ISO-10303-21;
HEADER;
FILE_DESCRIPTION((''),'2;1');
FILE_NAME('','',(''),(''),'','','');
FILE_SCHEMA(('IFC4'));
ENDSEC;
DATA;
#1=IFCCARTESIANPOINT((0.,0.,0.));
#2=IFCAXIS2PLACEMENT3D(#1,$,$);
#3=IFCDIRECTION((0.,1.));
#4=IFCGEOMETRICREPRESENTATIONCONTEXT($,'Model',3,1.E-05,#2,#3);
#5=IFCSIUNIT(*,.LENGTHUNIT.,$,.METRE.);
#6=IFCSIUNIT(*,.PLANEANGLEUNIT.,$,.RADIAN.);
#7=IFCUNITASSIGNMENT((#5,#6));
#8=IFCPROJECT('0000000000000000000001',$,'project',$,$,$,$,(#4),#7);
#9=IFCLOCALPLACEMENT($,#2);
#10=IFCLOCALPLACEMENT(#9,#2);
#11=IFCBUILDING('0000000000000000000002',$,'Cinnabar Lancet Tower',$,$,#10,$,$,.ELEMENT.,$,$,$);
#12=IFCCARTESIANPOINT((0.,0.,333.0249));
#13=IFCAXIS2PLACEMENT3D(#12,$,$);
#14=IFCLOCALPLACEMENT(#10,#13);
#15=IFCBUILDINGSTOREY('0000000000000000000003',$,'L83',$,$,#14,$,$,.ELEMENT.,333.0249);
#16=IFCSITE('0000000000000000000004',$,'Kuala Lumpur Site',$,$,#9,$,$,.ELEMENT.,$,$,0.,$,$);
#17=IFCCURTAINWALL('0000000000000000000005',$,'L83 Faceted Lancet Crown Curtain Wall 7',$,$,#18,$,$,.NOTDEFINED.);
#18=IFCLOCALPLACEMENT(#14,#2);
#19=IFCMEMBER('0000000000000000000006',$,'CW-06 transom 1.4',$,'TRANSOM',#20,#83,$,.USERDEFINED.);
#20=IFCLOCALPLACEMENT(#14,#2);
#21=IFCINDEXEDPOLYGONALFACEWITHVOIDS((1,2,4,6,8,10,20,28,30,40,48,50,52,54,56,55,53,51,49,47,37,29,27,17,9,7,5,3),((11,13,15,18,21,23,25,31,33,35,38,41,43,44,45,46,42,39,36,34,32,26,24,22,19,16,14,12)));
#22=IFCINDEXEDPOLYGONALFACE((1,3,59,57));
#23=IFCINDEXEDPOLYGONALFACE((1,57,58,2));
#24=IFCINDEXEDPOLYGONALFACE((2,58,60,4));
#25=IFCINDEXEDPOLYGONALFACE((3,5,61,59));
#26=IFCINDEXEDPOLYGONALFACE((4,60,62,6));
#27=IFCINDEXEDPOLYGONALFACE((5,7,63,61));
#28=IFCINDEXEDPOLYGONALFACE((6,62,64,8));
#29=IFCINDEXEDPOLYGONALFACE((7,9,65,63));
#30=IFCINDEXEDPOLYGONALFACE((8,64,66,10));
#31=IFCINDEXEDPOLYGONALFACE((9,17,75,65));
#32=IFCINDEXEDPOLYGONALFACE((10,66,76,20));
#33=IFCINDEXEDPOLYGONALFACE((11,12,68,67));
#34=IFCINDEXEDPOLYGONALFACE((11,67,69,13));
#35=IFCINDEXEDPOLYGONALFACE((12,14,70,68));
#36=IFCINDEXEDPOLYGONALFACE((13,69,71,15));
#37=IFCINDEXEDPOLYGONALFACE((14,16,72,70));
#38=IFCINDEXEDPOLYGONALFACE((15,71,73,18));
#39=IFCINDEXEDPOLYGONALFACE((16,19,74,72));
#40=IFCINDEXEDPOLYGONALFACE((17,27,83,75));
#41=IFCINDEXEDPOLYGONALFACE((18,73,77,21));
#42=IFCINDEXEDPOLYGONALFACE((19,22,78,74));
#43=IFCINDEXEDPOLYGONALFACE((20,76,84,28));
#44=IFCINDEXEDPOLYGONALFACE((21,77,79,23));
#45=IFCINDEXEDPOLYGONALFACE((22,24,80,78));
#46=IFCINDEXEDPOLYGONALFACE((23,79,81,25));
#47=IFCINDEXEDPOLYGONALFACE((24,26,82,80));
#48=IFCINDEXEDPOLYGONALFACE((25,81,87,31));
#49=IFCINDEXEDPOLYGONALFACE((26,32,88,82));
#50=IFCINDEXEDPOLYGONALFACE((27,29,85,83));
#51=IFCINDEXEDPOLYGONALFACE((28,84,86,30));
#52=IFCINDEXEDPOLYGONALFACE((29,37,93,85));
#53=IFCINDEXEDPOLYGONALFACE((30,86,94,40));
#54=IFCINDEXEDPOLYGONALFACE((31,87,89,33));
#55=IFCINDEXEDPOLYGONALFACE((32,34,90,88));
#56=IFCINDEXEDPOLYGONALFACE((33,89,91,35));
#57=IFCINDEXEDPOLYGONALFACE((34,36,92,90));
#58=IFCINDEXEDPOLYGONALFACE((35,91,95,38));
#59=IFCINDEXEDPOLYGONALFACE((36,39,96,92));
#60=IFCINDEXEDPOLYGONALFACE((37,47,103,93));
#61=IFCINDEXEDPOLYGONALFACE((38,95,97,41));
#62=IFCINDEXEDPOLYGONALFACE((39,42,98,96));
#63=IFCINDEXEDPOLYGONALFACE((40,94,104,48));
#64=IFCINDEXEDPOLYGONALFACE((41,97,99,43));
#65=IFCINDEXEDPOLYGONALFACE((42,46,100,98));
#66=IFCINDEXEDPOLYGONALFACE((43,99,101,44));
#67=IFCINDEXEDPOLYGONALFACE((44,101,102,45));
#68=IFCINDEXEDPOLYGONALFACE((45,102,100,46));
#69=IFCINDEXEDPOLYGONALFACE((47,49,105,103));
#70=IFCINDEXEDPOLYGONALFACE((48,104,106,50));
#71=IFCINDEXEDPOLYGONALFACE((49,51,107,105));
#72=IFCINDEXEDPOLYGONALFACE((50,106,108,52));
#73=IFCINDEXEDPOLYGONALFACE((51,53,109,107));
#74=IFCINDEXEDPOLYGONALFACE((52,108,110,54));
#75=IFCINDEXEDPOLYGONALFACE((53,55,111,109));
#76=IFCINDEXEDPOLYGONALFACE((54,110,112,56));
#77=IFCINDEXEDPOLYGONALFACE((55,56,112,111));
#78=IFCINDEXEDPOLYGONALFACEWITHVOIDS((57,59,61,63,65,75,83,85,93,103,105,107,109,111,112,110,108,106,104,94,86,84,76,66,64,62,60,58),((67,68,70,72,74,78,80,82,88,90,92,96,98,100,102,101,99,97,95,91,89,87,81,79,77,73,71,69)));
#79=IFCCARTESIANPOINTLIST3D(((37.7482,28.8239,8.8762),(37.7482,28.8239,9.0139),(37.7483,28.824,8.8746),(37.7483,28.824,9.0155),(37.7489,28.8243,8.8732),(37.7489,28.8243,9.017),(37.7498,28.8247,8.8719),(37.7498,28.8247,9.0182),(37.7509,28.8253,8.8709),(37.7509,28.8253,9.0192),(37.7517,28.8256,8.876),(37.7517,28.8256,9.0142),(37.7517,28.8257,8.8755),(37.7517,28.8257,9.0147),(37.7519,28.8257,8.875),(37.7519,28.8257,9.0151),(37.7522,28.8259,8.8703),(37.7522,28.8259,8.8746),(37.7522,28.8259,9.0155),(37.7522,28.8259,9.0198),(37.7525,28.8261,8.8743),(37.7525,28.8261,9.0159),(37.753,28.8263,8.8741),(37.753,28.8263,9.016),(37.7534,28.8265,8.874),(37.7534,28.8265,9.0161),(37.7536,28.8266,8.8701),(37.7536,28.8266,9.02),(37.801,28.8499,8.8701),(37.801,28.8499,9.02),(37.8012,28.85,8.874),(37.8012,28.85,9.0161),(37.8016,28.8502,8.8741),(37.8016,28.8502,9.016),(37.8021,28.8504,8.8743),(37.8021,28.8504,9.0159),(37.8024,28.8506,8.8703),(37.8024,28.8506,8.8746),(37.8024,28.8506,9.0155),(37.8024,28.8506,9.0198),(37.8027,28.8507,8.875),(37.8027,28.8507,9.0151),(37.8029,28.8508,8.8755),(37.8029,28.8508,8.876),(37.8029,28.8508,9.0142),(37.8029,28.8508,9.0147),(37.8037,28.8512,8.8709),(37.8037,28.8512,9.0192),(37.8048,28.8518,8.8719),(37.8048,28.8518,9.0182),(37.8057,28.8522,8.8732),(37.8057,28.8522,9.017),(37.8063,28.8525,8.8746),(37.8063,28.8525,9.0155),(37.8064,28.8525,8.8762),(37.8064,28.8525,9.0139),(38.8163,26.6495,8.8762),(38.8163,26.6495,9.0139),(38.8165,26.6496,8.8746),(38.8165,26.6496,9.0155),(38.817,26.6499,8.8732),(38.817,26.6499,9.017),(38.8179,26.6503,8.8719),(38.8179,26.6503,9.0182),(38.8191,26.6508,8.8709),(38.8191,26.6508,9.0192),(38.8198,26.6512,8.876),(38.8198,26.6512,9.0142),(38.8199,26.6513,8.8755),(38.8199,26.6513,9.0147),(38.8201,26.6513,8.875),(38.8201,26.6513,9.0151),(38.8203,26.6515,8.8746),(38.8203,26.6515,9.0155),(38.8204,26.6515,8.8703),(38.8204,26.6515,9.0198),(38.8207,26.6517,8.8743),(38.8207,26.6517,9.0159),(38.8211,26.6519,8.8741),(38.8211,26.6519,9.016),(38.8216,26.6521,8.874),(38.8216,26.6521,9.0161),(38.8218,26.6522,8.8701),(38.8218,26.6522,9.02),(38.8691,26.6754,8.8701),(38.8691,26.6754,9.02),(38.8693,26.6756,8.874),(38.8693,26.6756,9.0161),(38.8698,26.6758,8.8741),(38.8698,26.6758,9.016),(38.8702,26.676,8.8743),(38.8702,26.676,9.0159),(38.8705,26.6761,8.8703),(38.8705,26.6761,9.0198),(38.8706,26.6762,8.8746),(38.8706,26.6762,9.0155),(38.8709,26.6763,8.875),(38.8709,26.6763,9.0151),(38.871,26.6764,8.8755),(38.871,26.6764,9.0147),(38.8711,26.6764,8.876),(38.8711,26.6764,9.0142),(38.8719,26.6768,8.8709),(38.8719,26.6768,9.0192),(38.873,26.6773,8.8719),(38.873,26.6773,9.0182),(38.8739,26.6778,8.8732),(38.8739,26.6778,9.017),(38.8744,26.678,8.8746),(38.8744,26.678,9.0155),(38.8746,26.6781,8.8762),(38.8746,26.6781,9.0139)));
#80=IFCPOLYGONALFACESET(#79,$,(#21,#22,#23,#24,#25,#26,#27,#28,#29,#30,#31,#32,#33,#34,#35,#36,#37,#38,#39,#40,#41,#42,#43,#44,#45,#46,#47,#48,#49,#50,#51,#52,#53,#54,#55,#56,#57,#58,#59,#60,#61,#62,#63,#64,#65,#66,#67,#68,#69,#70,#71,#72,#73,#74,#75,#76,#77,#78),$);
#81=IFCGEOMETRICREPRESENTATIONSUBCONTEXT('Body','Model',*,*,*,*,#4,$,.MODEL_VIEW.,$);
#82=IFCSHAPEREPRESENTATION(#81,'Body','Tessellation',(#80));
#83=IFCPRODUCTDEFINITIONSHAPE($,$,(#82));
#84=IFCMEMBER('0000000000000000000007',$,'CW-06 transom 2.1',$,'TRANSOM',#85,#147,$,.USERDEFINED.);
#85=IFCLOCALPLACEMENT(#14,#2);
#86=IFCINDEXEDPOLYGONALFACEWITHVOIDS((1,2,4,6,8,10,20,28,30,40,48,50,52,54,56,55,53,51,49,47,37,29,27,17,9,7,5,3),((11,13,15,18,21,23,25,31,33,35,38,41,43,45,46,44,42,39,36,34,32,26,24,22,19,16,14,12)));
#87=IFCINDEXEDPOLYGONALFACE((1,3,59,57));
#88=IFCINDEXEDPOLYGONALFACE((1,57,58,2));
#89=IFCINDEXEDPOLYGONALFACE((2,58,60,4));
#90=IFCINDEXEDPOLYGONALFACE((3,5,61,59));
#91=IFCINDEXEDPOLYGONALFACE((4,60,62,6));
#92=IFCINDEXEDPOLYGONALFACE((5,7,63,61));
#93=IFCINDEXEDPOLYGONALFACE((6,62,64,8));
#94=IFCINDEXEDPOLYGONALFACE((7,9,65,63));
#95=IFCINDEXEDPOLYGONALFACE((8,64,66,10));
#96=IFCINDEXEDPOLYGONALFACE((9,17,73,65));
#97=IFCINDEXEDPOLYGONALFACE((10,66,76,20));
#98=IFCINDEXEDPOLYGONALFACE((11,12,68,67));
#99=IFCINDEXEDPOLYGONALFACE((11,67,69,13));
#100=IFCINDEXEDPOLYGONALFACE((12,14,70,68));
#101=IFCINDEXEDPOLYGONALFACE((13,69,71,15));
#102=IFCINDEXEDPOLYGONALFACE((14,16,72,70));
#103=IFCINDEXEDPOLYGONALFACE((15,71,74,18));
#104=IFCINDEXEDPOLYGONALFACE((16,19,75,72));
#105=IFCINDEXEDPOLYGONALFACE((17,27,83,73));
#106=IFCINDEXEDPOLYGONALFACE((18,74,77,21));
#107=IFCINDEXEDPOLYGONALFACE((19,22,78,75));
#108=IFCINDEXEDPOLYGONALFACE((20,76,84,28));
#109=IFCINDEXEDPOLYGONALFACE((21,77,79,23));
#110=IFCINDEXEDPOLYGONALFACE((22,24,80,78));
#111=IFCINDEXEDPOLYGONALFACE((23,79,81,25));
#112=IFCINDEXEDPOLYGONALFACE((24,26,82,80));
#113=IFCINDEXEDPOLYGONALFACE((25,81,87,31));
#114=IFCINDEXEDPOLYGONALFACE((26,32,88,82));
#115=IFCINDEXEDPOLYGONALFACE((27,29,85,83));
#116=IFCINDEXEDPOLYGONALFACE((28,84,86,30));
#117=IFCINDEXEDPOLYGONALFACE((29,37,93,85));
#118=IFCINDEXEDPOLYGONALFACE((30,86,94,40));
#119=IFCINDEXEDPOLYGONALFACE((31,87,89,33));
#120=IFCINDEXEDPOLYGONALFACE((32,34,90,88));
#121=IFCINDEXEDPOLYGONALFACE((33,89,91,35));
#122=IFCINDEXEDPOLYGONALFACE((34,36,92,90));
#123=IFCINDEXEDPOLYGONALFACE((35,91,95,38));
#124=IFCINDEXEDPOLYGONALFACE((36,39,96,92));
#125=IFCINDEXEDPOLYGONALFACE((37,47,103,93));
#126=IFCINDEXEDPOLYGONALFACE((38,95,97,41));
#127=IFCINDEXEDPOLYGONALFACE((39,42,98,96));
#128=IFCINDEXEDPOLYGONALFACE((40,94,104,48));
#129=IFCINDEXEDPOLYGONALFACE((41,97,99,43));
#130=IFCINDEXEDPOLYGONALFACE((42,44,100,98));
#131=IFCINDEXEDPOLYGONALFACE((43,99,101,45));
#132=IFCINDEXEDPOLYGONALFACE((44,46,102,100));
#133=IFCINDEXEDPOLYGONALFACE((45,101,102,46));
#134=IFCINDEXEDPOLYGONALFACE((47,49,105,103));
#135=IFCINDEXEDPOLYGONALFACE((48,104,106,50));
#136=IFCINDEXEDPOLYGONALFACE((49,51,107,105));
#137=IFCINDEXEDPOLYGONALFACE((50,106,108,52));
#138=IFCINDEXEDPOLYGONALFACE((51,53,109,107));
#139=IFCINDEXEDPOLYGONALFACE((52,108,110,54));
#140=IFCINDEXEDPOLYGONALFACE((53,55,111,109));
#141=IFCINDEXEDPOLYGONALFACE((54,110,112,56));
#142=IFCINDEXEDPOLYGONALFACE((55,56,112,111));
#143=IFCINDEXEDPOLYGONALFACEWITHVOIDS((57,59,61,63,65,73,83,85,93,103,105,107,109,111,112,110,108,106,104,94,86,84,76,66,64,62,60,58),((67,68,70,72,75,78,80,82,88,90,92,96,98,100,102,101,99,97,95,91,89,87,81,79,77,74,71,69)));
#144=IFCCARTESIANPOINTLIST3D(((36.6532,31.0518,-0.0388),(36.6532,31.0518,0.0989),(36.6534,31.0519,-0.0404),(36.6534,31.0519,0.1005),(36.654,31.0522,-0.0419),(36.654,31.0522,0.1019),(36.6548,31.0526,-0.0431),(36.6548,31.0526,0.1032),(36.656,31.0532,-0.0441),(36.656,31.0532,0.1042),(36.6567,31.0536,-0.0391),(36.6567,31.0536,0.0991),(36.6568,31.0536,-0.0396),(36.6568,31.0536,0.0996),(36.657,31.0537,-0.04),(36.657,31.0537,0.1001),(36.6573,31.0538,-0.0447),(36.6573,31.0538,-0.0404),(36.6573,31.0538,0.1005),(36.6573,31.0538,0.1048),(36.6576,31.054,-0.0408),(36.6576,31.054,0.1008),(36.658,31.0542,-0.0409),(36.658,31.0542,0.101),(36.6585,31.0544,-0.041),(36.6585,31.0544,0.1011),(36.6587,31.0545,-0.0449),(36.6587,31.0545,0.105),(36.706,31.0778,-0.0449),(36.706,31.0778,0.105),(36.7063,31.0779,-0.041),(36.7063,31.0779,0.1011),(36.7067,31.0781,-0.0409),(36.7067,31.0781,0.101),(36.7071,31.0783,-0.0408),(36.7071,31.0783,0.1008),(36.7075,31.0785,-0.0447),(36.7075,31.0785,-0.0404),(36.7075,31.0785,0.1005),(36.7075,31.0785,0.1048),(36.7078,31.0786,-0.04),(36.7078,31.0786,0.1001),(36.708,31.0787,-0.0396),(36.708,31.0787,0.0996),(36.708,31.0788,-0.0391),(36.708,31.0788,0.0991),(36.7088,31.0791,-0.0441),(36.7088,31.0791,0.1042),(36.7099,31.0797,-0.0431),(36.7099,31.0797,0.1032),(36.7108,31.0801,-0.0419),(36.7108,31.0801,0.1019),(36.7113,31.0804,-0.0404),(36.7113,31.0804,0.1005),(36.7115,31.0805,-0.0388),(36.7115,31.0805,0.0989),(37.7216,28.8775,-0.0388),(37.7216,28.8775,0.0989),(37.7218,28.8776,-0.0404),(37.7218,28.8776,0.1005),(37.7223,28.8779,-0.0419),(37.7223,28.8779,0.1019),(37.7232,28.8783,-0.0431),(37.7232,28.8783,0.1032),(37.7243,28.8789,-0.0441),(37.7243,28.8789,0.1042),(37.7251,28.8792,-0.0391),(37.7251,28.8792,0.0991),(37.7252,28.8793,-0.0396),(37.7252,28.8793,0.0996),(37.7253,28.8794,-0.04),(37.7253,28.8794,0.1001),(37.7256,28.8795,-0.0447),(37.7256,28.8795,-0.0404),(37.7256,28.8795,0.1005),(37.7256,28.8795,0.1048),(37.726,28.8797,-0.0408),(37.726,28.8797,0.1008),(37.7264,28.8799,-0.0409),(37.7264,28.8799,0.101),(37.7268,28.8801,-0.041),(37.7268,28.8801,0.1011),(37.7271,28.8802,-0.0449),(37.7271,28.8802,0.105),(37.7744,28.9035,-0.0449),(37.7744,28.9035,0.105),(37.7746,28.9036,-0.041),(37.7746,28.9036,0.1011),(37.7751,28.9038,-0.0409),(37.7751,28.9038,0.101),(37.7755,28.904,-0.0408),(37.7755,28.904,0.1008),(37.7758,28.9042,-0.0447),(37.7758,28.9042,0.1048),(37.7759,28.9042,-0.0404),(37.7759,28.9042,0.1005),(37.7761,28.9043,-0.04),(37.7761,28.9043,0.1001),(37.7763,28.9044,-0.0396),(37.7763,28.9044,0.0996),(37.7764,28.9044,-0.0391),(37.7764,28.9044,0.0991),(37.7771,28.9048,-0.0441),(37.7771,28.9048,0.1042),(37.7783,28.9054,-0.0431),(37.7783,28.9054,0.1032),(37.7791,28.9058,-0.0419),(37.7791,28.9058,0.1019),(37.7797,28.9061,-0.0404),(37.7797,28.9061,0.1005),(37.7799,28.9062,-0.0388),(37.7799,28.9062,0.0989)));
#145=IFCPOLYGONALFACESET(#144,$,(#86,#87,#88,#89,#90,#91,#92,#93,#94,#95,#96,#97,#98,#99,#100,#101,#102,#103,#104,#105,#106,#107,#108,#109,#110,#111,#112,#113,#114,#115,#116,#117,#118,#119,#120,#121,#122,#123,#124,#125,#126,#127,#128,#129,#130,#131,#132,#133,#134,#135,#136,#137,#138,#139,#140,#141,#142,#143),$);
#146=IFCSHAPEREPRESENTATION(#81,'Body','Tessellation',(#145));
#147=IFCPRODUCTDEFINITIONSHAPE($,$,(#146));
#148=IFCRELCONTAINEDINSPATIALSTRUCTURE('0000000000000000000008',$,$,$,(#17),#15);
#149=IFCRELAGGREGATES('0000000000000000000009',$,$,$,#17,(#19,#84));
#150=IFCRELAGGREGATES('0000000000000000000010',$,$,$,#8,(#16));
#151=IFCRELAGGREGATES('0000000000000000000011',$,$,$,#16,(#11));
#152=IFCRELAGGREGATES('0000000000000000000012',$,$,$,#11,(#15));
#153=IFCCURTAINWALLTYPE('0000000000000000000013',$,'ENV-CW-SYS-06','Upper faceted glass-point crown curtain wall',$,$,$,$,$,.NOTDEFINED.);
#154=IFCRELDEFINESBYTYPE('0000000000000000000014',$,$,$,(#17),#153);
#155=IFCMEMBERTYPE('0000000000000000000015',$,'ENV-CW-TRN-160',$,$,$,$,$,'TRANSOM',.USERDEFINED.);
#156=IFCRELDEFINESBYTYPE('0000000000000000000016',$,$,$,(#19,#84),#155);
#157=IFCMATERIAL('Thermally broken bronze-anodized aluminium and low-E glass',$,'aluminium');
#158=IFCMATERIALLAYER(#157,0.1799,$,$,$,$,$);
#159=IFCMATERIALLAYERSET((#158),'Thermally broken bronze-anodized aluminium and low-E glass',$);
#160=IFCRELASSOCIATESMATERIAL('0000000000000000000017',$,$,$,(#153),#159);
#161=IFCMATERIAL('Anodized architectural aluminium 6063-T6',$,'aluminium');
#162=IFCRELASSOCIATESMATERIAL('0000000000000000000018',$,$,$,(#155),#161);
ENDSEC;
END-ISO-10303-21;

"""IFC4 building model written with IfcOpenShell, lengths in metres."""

from ifc_helpers import new_model, si_unit, direction, frame, origin, origin_2d, place, context, subcontext, project, spatial, hollow_rectangle, extrude, material, layer, layer_set, material_profile, profile_set, type_object, element, aggregate, save


model = new_model("IFC4")

# Units and contexts
model_context = context("Model", 3, precision=1e-05, world=origin(), true_north=direction((0.0, 1.0)))
body_context = subcontext(model_context, "Body", "Model", "MODEL_VIEW")
ifc_project = project(units=[si_unit("LENGTHUNIT", "METRE"), si_unit("PLANEANGLEUNIT", "RADIAN")], contexts=[model_context])

# Site, building, storey
site_placement = place(None, origin())
site = spatial("IfcSite", under=ifc_project, at=site_placement, Name="Kuala Lumpur Site", CompositionType="ELEMENT", RefElevation=0.0)
building_placement = place(site_placement, origin())
building = spatial("IfcBuilding", under=site, at=building_placement, Name="Cinnabar Lancet Tower", CompositionType="ELEMENT")
storey_placement = place(building_placement, frame((0.0, 0.0, 333.0249)))
storey = spatial("IfcBuildingStorey", under=building, at=storey_placement, Name="L83", CompositionType="ELEMENT", Elevation=333.0249)

# Curtain wall
ifc_material_1 = material(Name="Thermally broken bronze-anodized aluminium and low-E glass", Category="aluminium")
ifc_layer_1 = layer(ifc_material_1, 0.1799)
ifc_layer_set_1 = layer_set([ifc_layer_1], Name="Thermally broken bronze-anodized aluminium and low-E glass")
curtain_wall_type = type_object("IfcCurtainWallType", Name="ENV-CW-SYS-06", Description="Upper faceted glass-point crown curtain wall", PredefinedType="NOTDEFINED", material=ifc_layer_set_1)
curtain_wall_1_placement = place(storey_placement, origin())
curtain_wall_1 = element("IfcCurtainWall", 1, at=curtain_wall_1_placement, inside=storey, type_object=curtain_wall_type, Name="L83 Faceted Lancet Crown Curtain Wall 7", PredefinedType="NOTDEFINED")

# Members
ifc_material_2 = material(Name="Anodized architectural aluminium 6063-T6", Category="aluminium")
ifc_material_profile_1 = material_profile(ifc_material_2, hollow_rectangle(XDim=0.0649, YDim=0.1499, WallThickness=0.0039, InnerFilletRadius=0.002, OuterFilletRadius=0.0061, at=origin_2d()), Name="CW-TRN 150x65x4")
ifc_profile_set_1 = profile_set([ifc_material_profile_1], Name="Anodized architectural aluminium 6063-T6")
member_type_1 = type_object("IfcMemberType", Name="ENV-CW-TRN-160", ElementType="TRANSOM", PredefinedType="USERDEFINED", material=ifc_profile_set_1)
member_1_placement = place(storey_placement, frame((38.8455, 26.6638, 8.9451), z_axis=(-0.440914, 0.897549, 0.0), x_axis=(-0.897549, -0.440914, 0.0)))
member_1 = element("IfcMember", 2, at=member_1_placement, type_object=member_type_1, Name="CW-06 transom 1.4", ObjectType="TRANSOM", PredefinedType="USERDEFINED", context=body_context, shape_type="SweptSolid", body=[
    extrude(hollow_rectangle(XDim=0.0649, YDim=0.1499, WallThickness=0.0039, InnerFilletRadius=0.002, OuterFilletRadius=0.0061, at=origin_2d()), origin(), (0.0, 0.0, 1.0), 2.4226),
])
member_2_placement = place(storey_placement, frame((37.7507, 28.8918, 0.03), z_axis=(-0.440995, 0.89751, 0.0), x_axis=(-0.89751, -0.440995, 0.0)))
member_2 = element("IfcMember", 3, at=member_2_placement, type_object=member_type_1, Name="CW-06 transom 2.1", ObjectType="TRANSOM", PredefinedType="USERDEFINED", context=body_context, shape_type="SweptSolid", body=[
    extrude(hollow_rectangle(XDim=0.0649, YDim=0.1499, WallThickness=0.0039, InnerFilletRadius=0.002, OuterFilletRadius=0.0061, at=origin_2d()), origin(), (0.0, 0.0, 1.0), 2.4226),
])

aggregate(curtain_wall_1, [member_1, member_2])

save(model, "model.ifc")
